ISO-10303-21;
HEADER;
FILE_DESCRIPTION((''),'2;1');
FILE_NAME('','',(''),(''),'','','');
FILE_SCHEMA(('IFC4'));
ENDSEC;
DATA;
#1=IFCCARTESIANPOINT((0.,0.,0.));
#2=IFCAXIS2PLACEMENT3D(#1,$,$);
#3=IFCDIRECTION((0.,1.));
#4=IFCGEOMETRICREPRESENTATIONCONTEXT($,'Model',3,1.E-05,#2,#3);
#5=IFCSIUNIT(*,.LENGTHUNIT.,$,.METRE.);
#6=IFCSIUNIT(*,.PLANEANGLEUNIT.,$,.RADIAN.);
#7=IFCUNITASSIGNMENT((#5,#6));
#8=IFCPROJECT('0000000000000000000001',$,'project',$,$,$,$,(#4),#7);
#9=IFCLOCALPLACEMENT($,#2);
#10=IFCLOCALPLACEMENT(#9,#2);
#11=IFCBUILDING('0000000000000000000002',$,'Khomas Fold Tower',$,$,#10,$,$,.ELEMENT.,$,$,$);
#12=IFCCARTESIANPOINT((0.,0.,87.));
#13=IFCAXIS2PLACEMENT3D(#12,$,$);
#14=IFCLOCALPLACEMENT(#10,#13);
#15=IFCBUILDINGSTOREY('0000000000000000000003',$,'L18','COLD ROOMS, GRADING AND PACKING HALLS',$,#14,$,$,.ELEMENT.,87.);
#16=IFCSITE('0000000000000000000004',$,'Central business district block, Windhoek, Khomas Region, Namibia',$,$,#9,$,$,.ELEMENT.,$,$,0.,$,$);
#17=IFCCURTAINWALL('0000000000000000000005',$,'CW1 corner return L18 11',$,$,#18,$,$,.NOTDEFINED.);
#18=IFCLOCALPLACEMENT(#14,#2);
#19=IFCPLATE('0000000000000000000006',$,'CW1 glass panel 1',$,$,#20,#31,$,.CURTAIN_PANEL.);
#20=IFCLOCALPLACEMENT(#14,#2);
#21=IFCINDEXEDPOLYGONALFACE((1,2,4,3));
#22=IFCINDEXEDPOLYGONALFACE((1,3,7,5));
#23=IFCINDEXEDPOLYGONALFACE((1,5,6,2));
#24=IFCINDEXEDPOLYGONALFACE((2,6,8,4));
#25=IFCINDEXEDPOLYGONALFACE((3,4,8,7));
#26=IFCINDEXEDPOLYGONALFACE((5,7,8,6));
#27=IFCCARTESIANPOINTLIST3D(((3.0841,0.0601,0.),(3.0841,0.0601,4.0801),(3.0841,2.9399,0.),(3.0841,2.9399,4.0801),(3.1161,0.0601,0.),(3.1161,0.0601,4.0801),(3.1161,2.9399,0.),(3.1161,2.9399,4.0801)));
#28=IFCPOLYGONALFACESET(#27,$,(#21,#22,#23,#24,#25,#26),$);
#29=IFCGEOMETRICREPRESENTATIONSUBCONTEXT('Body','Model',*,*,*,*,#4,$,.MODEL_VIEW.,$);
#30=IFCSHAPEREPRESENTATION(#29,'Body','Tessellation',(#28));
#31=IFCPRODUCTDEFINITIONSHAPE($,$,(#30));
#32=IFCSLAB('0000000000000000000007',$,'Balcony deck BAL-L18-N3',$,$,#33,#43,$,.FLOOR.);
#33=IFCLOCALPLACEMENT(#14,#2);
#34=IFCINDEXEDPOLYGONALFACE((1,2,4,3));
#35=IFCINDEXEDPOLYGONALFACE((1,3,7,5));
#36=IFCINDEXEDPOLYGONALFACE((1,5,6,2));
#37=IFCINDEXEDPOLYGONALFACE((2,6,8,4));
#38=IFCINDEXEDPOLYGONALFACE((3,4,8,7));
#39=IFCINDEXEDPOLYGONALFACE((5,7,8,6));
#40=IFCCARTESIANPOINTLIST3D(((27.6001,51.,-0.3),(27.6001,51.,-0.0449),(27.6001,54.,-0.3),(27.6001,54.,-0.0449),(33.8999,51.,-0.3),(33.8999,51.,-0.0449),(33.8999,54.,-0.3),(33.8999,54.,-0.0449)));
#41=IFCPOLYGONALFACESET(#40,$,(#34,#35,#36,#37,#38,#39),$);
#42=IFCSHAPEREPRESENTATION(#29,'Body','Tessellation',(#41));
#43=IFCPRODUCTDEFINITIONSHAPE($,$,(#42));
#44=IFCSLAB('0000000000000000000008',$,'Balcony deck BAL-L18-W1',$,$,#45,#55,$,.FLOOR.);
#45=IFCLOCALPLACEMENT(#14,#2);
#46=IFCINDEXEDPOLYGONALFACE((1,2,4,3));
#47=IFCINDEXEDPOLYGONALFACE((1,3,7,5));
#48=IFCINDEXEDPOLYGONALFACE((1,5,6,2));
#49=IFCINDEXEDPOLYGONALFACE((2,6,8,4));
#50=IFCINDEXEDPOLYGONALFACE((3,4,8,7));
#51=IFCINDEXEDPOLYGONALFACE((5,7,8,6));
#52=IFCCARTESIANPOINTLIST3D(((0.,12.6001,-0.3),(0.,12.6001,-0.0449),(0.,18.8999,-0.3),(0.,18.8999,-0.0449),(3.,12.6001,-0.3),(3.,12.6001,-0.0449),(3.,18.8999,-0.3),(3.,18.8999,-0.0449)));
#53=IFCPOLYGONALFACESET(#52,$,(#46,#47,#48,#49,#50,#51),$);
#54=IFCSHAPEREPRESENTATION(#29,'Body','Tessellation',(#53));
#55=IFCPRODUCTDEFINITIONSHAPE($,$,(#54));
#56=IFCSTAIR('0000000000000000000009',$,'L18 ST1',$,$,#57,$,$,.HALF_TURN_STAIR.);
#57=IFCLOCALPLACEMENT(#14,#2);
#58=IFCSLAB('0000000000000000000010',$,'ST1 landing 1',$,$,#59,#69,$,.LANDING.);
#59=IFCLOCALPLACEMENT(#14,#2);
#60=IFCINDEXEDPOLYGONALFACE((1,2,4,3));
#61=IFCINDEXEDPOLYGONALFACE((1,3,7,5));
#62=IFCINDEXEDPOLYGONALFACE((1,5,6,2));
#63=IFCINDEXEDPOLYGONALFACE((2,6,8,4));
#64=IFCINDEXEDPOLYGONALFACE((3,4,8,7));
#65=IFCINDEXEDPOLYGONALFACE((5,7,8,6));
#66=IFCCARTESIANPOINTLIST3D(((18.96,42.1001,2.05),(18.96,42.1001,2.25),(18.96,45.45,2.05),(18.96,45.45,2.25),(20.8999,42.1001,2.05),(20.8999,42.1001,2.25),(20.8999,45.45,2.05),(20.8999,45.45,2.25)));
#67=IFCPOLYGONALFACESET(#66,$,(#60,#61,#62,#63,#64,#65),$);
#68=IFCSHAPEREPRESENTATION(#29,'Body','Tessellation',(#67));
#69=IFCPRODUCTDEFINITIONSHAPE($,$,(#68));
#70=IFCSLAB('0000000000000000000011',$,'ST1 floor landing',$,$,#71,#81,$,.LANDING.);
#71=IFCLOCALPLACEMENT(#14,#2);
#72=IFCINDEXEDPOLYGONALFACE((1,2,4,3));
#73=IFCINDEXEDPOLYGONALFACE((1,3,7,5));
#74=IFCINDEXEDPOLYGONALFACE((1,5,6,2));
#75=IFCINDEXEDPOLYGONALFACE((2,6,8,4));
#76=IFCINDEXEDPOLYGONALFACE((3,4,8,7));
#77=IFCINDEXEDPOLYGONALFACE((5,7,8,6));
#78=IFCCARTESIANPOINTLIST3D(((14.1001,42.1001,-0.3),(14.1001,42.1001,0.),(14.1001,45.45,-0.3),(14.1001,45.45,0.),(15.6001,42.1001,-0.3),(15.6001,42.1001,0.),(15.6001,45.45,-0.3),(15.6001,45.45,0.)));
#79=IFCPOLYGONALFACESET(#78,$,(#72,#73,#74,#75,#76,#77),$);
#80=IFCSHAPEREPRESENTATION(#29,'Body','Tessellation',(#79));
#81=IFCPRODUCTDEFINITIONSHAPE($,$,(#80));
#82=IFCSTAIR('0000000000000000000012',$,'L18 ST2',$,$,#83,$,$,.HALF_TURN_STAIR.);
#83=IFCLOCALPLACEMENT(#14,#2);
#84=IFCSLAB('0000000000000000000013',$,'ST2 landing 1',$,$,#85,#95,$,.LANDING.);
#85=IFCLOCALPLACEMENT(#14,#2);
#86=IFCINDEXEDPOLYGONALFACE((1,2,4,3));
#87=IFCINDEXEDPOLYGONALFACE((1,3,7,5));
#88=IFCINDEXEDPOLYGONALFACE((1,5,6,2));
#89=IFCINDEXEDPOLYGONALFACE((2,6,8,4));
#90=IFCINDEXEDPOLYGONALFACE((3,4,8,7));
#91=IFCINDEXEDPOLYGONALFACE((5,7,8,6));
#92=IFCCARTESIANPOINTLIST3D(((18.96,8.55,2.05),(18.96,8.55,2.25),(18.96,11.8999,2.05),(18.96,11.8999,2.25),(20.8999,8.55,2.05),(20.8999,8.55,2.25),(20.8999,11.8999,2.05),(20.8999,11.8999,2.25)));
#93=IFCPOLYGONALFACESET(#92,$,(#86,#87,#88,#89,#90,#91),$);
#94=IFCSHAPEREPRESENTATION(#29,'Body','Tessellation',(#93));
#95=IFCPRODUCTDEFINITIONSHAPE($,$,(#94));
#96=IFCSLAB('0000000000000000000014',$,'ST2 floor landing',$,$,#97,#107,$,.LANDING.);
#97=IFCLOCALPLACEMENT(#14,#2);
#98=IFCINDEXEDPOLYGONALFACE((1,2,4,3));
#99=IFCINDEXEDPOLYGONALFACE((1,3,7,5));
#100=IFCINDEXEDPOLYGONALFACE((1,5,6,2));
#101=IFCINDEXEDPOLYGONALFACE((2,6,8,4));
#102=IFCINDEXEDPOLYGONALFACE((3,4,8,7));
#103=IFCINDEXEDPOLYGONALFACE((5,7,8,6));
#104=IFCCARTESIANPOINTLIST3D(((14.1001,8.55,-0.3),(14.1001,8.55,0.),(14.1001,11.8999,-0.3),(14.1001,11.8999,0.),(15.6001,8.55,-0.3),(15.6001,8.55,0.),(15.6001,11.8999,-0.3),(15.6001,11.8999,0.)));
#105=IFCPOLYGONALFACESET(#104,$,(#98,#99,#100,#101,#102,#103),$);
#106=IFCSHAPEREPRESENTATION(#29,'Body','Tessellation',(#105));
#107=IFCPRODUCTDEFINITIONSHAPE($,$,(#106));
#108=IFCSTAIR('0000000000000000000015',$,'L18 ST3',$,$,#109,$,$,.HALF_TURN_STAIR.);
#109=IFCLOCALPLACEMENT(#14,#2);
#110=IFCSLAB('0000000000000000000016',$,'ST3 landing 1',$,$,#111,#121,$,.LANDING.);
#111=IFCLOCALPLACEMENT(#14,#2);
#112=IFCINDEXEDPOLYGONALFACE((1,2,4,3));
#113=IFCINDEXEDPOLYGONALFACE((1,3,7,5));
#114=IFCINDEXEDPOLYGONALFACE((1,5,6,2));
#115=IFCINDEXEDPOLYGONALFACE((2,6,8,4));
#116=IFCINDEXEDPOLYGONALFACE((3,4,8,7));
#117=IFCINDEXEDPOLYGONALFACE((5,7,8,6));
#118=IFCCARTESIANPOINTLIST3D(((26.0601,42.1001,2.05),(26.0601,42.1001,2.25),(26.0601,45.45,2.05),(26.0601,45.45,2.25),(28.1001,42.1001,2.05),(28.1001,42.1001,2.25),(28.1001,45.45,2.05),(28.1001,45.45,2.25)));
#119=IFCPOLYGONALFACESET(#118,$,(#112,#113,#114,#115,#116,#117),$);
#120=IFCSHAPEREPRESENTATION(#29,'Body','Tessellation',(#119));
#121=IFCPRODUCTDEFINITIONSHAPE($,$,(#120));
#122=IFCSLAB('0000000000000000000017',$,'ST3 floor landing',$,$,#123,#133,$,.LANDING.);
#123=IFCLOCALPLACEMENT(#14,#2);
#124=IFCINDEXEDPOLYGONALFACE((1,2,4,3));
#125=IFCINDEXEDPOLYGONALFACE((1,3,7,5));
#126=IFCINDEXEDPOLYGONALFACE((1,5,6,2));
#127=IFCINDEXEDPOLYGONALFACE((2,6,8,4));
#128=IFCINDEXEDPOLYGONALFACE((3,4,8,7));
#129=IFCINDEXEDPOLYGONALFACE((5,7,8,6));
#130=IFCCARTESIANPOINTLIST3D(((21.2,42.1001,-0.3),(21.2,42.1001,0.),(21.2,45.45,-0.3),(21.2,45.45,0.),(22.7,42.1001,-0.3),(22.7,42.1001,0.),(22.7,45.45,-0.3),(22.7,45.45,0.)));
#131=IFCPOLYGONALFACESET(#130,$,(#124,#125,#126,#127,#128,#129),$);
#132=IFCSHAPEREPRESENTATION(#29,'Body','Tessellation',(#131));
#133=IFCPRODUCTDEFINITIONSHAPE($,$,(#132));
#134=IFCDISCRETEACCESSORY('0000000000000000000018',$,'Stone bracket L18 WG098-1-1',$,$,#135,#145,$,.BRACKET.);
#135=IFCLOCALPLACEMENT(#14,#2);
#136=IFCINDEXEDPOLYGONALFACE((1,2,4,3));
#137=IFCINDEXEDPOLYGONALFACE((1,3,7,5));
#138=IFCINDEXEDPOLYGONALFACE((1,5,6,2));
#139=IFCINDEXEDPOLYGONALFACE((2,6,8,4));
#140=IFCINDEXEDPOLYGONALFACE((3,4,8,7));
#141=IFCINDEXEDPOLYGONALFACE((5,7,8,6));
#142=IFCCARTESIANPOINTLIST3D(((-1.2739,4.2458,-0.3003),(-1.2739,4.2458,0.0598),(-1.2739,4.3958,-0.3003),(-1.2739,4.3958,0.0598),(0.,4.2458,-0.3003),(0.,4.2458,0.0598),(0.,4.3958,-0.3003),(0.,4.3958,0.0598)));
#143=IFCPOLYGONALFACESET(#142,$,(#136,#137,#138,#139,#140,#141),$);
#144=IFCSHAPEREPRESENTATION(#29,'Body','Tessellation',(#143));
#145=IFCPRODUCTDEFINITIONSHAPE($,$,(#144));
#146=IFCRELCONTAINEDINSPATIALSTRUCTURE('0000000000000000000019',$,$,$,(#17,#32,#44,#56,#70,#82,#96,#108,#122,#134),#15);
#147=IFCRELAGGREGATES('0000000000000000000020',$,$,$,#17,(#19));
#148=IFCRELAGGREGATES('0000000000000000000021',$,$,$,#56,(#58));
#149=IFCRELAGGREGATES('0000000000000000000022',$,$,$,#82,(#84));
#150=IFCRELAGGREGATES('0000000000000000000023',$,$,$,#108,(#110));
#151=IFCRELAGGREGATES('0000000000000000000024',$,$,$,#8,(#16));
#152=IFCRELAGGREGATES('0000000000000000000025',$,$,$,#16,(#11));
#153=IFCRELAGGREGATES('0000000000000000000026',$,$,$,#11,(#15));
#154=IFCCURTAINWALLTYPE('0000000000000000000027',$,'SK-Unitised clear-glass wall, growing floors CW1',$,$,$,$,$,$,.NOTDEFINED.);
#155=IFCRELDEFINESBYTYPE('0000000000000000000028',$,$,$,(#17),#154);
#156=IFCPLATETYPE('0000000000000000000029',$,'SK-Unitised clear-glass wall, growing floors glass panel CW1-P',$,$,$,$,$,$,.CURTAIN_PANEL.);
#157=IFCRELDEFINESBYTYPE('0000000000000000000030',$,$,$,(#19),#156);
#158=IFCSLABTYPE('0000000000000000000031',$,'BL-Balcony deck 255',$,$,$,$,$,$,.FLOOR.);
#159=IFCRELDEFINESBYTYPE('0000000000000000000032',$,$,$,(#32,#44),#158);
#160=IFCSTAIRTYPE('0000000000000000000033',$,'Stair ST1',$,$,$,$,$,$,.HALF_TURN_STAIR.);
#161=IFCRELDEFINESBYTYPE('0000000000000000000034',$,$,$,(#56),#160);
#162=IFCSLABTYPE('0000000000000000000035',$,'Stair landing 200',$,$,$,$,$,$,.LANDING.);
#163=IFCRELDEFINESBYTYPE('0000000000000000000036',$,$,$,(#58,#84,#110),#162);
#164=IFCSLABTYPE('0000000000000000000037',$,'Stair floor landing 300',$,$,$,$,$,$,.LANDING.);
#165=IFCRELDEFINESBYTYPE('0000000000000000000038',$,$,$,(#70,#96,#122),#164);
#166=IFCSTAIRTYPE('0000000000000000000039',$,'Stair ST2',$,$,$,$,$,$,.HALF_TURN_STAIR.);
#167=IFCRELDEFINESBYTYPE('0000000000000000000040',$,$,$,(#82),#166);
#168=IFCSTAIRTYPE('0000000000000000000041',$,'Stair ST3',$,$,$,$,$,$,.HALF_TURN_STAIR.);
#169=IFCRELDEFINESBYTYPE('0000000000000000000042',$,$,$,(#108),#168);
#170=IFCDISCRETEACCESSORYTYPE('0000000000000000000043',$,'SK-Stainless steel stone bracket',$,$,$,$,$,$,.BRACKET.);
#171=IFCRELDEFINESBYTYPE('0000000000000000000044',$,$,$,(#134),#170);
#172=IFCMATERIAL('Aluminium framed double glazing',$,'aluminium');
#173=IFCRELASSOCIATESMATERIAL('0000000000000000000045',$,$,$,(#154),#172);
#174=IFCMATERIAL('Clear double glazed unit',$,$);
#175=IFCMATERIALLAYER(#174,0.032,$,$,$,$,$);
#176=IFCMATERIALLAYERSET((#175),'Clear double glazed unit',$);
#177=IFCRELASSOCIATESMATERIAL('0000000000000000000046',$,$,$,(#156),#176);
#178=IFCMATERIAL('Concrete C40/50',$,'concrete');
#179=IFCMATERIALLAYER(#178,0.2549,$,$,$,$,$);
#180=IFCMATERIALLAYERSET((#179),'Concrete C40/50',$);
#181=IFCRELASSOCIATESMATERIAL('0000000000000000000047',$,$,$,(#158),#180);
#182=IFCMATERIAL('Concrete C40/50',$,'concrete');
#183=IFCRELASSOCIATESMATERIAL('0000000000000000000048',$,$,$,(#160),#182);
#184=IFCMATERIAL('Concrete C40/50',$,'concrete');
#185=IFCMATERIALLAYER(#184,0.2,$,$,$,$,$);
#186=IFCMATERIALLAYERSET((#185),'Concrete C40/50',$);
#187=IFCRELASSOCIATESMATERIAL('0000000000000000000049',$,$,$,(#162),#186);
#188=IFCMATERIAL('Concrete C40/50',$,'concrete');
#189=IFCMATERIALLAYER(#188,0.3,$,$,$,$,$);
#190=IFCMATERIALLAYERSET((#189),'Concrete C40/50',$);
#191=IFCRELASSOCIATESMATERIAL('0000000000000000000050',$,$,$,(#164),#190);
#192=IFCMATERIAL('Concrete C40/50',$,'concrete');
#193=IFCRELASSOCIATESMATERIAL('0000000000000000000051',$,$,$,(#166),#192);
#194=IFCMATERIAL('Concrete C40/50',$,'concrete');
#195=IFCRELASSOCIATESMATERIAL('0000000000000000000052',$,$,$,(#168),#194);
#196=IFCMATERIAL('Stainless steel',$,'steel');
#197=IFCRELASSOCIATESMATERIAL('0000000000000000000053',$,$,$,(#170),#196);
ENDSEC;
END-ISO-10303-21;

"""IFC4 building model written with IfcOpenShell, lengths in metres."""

from ifc_helpers import new_model, si_unit, direction, frame, origin, origin_2d, place, context, subcontext, project, spatial, polyline, rectangle, outline, extrude, source, transform, mapped, material, layer, layer_set, type_object, element, aggregate, save


model = new_model("IFC4")

# Units and contexts
model_context = context("Model", 3, precision=1e-05, world=origin(), true_north=direction((0.0, 1.0)))
body_context = subcontext(model_context, "Body", "Model", "MODEL_VIEW")
ifc_project = project(units=[si_unit("LENGTHUNIT", "METRE"), si_unit("PLANEANGLEUNIT", "RADIAN")], contexts=[model_context])

# Site, building, storey
site_placement = place(None, origin())
site = spatial("IfcSite", under=ifc_project, at=site_placement, Name="Central business district block, Windhoek, Khomas Region, Namibia", CompositionType="ELEMENT", RefElevation=0.0)
building_placement = place(site_placement, origin())
building = spatial("IfcBuilding", under=site, at=building_placement, Name="Khomas Fold Tower", CompositionType="ELEMENT")
storey_placement = place(building_placement, frame((0.0, 0.0, 87.0)))
storey = spatial("IfcBuildingStorey", under=building, at=storey_placement, Name="L18", Description="COLD ROOMS, GRADING AND PACKING HALLS", CompositionType="ELEMENT", Elevation=87.0)

# Curtain wall
ifc_material_1 = material(Name="Aluminium framed double glazing", Category="aluminium")
curtain_wall_type = type_object("IfcCurtainWallType", Name="SK-Unitised clear-glass wall, growing floors CW1", PredefinedType="NOTDEFINED", material=ifc_material_1)
curtain_wall_1_placement = place(storey_placement, origin())
curtain_wall_1 = element("IfcCurtainWall", 1, at=curtain_wall_1_placement, inside=storey, type_object=curtain_wall_type, Name="CW1 corner return L18 11", PredefinedType="NOTDEFINED")

# Plate
ifc_material_2 = material(Name="Clear double glazed unit")
ifc_layer_1 = layer(ifc_material_2, 0.032)
ifc_layer_set_1 = layer_set([ifc_layer_1], Name="Clear double glazed unit")
plate_type_1 = type_object("IfcPlateType", Name="SK-Unitised clear-glass wall, growing floors glass panel CW1-P", PredefinedType="CURTAIN_PANEL", material=ifc_layer_set_1)
shared_shape_1 = source(origin(), body_context, "Body", "SweptSolid", [
    extrude(rectangle(XDim=2.8799, YDim=0.032, at=origin_2d()), origin(), (0.0, 0.0, 1.0), 4.0801),
])
plate_1_placement = place(storey_placement, frame((3.1001, 1.5, 0.0), z_axis=(0.0, 0.0, 1.0), x_axis=(0.0, -1.0, 0.0)))
plate_1 = element("IfcPlate", 2, at=plate_1_placement, type_object=plate_type_1, Name="CW1 glass panel 1", PredefinedType="CURTAIN_PANEL", context=body_context, shape_type="MappedRepresentation", body=[
    mapped(shared_shape_1, transform((0.0, 0.0, 0.0))),
])
aggregate(curtain_wall_1, [plate_1])

# Slabs
ifc_material_3 = material(Name="Concrete C40/50", Category="concrete")
ifc_layer_2 = layer(ifc_material_3, 0.2549)
ifc_layer_set_2 = layer_set([ifc_layer_2], Name="Concrete C40/50")
slab_type_1 = type_object("IfcSlabType", Name="BL-Balcony deck 255", PredefinedType="FLOOR", material=ifc_layer_set_2)
shared_shape_2 = source(origin(), body_context, "Body", "SweptSolid", [
    extrude(outline(polyline([(27.6001, 51.0), (33.8999, 51.0), (33.8999, 54.0), (27.6001, 54.0), (27.6001, 51.0)])), origin(), (0.0, 0.0, 1.0), 0.2551),
])
slab_1_placement = place(storey_placement, frame((0.0, 0.0, -0.3)))
element("IfcSlab", 3, at=slab_1_placement, inside=storey, type_object=slab_type_1, Name="Balcony deck BAL-L18-N3", PredefinedType="FLOOR", context=body_context, shape_type="MappedRepresentation", body=[
    mapped(shared_shape_2, transform((0.0, 0.0, 0.0))),
])
shared_shape_3 = source(origin(), body_context, "Body", "SweptSolid", [
    extrude(outline(polyline([(0.0, 12.6001), (3.0, 12.6001), (3.0, 18.8999), (0.0, 18.8999), (0.0, 12.6001)])), origin(), (0.0, 0.0, 1.0), 0.2551),
])
slab_2_placement = place(storey_placement, frame((0.0, 0.0, -0.3)))
element("IfcSlab", 4, at=slab_2_placement, inside=storey, type_object=slab_type_1, Name="Balcony deck BAL-L18-W1", PredefinedType="FLOOR", context=body_context, shape_type="MappedRepresentation", body=[
    mapped(shared_shape_3, transform((0.0, 0.0, 0.0))),
])

# Stair, slab
ifc_material_4 = material(Name="Concrete C40/50", Category="concrete")
stair_type_1 = type_object("IfcStairType", Name="Stair ST1", PredefinedType="HALF_TURN_STAIR", material=ifc_material_4)
stair_1_placement = place(storey_placement, origin())
stair_1 = element("IfcStair", 5, at=stair_1_placement, inside=storey, type_object=stair_type_1, Name="L18 ST1", PredefinedType="HALF_TURN_STAIR")
ifc_material_5 = material(Name="Concrete C40/50", Category="concrete")
ifc_layer_3 = layer(ifc_material_5, 0.2)
ifc_layer_set_3 = layer_set([ifc_layer_3], Name="Concrete C40/50")
slab_type_2 = type_object("IfcSlabType", Name="Stair landing 200", PredefinedType="LANDING", material=ifc_layer_set_3)
shared_shape_4 = source(origin(), body_context, "Body", "SweptSolid", [
    extrude(outline(polyline([(18.96, 42.1001), (20.8999, 42.1001), (20.8999, 45.45), (18.96, 45.45), (18.96, 42.1001)])), origin(), (0.0, 0.0, 1.0), 0.2),
])
slab_3_placement = place(storey_placement, frame((0.0, 0.0, 2.05)))
slab_3 = element("IfcSlab", 6, at=slab_3_placement, type_object=slab_type_2, Name="ST1 landing 1", PredefinedType="LANDING", context=body_context, shape_type="MappedRepresentation", body=[
    mapped(shared_shape_4, transform((0.0, 0.0, 0.0))),
])
aggregate(stair_1, [slab_3])

# Slab
ifc_material_6 = material(Name="Concrete C40/50", Category="concrete")
ifc_layer_4 = layer(ifc_material_6, 0.3)
ifc_layer_set_4 = layer_set([ifc_layer_4], Name="Concrete C40/50")
slab_type_3 = type_object("IfcSlabType", Name="Stair floor landing 300", PredefinedType="LANDING", material=ifc_layer_set_4)
shared_shape_5 = source(origin(), body_context, "Body", "SweptSolid", [
    extrude(outline(polyline([(15.6001, 42.1001), (14.1001, 42.1001), (14.1001, 45.45), (15.6001, 45.45), (15.6001, 42.1001)])), origin(), (0.0, 0.0, 1.0), 0.3),
])
slab_4_placement = place(storey_placement, frame((0.0, 0.0, -0.3)))
element("IfcSlab", 7, at=slab_4_placement, inside=storey, type_object=slab_type_3, Name="ST1 floor landing", PredefinedType="LANDING", context=body_context, shape_type="MappedRepresentation", body=[
    mapped(shared_shape_5, transform((0.0, 0.0, 0.0))),
])

# Stair, slab
ifc_material_7 = material(Name="Concrete C40/50", Category="concrete")
stair_type_2 = type_object("IfcStairType", Name="Stair ST2", PredefinedType="HALF_TURN_STAIR", material=ifc_material_7)
stair_2_placement = place(storey_placement, origin())
stair_2 = element("IfcStair", 8, at=stair_2_placement, inside=storey, type_object=stair_type_2, Name="L18 ST2", PredefinedType="HALF_TURN_STAIR")
shared_shape_6 = source(origin(), body_context, "Body", "SweptSolid", [
    extrude(outline(polyline([(18.96, 8.55), (20.8999, 8.55), (20.8999, 11.8999), (18.96, 11.8999), (18.96, 8.55)])), origin(), (0.0, 0.0, 1.0), 0.2),
])
slab_5_placement = place(storey_placement, frame((0.0, 0.0, 2.05)))
slab_5 = element("IfcSlab", 9, at=slab_5_placement, type_object=slab_type_2, Name="ST2 landing 1", PredefinedType="LANDING", context=body_context, shape_type="MappedRepresentation", body=[
    mapped(shared_shape_6, transform((0.0, 0.0, 0.0))),
])
aggregate(stair_2, [slab_5])

# Slab
shared_shape_7 = source(origin(), body_context, "Body", "SweptSolid", [
    extrude(outline(polyline([(15.6001, 8.55), (14.1001, 8.55), (14.1001, 11.8999), (15.6001, 11.8999), (15.6001, 8.55)])), origin(), (0.0, 0.0, 1.0), 0.3),
])
slab_6_placement = place(storey_placement, frame((0.0, 0.0, -0.3)))
element("IfcSlab", 10, at=slab_6_placement, inside=storey, type_object=slab_type_3, Name="ST2 floor landing", PredefinedType="LANDING", context=body_context, shape_type="MappedRepresentation", body=[
    mapped(shared_shape_7, transform((0.0, 0.0, 0.0))),
])

# Stair, slab
ifc_material_8 = material(Name="Concrete C40/50", Category="concrete")
stair_type_3 = type_object("IfcStairType", Name="Stair ST3", PredefinedType="HALF_TURN_STAIR", material=ifc_material_8)
stair_3_placement = place(storey_placement, origin())
stair_3 = element("IfcStair", 11, at=stair_3_placement, inside=storey, type_object=stair_type_3, Name="L18 ST3", PredefinedType="HALF_TURN_STAIR")
shared_shape_8 = source(origin(), body_context, "Body", "SweptSolid", [
    extrude(outline(polyline([(26.0601, 42.1001), (28.1001, 42.1001), (28.1001, 45.45), (26.0601, 45.45), (26.0601, 42.1001)])), origin(), (0.0, 0.0, 1.0), 0.2),
])
slab_7_placement = place(storey_placement, frame((0.0, 0.0, 2.05)))
slab_7 = element("IfcSlab", 12, at=slab_7_placement, type_object=slab_type_2, Name="ST3 landing 1", PredefinedType="LANDING", context=body_context, shape_type="MappedRepresentation", body=[
    mapped(shared_shape_8, transform((0.0, 0.0, 0.0))),
])
aggregate(stair_3, [slab_7])

# Slab
shared_shape_9 = source(origin(), body_context, "Body", "SweptSolid", [
    extrude(outline(polyline([(22.7, 42.1001), (21.2, 42.1001), (21.2, 45.45), (22.7, 45.45), (22.7, 42.1001)])), origin(), (0.0, 0.0, 1.0), 0.3),
])
slab_8_placement = place(storey_placement, frame((0.0, 0.0, -0.3)))
element("IfcSlab", 13, at=slab_8_placement, inside=storey, type_object=slab_type_3, Name="ST3 floor landing", PredefinedType="LANDING", context=body_context, shape_type="MappedRepresentation", body=[
    mapped(shared_shape_9, transform((0.0, 0.0, 0.0))),
])

# Discrete accessory
ifc_material_9 = material(Name="Stainless steel", Category="steel")
discrete_accessory_type = type_object("IfcDiscreteAccessoryType", Name="SK-Stainless steel stone bracket", PredefinedType="BRACKET", material=ifc_material_9)
shared_shape_10 = source(origin(), body_context, "Body", "SweptSolid", [
    extrude(rectangle(XDim=1.2739, YDim=0.1499, at=origin_2d()), origin(), (0.0, 0.0, 1.0), 0.3601),
])
discrete_accessory_placement = place(storey_placement, frame((-0.637, 4.3208, -0.3003), z_axis=(0.0, 0.0, 1.0), x_axis=(-1.0, 0.0, 0.0)))
element("IfcDiscreteAccessory", 14, at=discrete_accessory_placement, inside=storey, type_object=discrete_accessory_type, Name="Stone bracket L18 WG098-1-1", PredefinedType="BRACKET", context=body_context, shape_type="MappedRepresentation", body=[
    mapped(shared_shape_10, transform((0.0, 0.0, 0.0))),
])

save(model, "model.ifc")
